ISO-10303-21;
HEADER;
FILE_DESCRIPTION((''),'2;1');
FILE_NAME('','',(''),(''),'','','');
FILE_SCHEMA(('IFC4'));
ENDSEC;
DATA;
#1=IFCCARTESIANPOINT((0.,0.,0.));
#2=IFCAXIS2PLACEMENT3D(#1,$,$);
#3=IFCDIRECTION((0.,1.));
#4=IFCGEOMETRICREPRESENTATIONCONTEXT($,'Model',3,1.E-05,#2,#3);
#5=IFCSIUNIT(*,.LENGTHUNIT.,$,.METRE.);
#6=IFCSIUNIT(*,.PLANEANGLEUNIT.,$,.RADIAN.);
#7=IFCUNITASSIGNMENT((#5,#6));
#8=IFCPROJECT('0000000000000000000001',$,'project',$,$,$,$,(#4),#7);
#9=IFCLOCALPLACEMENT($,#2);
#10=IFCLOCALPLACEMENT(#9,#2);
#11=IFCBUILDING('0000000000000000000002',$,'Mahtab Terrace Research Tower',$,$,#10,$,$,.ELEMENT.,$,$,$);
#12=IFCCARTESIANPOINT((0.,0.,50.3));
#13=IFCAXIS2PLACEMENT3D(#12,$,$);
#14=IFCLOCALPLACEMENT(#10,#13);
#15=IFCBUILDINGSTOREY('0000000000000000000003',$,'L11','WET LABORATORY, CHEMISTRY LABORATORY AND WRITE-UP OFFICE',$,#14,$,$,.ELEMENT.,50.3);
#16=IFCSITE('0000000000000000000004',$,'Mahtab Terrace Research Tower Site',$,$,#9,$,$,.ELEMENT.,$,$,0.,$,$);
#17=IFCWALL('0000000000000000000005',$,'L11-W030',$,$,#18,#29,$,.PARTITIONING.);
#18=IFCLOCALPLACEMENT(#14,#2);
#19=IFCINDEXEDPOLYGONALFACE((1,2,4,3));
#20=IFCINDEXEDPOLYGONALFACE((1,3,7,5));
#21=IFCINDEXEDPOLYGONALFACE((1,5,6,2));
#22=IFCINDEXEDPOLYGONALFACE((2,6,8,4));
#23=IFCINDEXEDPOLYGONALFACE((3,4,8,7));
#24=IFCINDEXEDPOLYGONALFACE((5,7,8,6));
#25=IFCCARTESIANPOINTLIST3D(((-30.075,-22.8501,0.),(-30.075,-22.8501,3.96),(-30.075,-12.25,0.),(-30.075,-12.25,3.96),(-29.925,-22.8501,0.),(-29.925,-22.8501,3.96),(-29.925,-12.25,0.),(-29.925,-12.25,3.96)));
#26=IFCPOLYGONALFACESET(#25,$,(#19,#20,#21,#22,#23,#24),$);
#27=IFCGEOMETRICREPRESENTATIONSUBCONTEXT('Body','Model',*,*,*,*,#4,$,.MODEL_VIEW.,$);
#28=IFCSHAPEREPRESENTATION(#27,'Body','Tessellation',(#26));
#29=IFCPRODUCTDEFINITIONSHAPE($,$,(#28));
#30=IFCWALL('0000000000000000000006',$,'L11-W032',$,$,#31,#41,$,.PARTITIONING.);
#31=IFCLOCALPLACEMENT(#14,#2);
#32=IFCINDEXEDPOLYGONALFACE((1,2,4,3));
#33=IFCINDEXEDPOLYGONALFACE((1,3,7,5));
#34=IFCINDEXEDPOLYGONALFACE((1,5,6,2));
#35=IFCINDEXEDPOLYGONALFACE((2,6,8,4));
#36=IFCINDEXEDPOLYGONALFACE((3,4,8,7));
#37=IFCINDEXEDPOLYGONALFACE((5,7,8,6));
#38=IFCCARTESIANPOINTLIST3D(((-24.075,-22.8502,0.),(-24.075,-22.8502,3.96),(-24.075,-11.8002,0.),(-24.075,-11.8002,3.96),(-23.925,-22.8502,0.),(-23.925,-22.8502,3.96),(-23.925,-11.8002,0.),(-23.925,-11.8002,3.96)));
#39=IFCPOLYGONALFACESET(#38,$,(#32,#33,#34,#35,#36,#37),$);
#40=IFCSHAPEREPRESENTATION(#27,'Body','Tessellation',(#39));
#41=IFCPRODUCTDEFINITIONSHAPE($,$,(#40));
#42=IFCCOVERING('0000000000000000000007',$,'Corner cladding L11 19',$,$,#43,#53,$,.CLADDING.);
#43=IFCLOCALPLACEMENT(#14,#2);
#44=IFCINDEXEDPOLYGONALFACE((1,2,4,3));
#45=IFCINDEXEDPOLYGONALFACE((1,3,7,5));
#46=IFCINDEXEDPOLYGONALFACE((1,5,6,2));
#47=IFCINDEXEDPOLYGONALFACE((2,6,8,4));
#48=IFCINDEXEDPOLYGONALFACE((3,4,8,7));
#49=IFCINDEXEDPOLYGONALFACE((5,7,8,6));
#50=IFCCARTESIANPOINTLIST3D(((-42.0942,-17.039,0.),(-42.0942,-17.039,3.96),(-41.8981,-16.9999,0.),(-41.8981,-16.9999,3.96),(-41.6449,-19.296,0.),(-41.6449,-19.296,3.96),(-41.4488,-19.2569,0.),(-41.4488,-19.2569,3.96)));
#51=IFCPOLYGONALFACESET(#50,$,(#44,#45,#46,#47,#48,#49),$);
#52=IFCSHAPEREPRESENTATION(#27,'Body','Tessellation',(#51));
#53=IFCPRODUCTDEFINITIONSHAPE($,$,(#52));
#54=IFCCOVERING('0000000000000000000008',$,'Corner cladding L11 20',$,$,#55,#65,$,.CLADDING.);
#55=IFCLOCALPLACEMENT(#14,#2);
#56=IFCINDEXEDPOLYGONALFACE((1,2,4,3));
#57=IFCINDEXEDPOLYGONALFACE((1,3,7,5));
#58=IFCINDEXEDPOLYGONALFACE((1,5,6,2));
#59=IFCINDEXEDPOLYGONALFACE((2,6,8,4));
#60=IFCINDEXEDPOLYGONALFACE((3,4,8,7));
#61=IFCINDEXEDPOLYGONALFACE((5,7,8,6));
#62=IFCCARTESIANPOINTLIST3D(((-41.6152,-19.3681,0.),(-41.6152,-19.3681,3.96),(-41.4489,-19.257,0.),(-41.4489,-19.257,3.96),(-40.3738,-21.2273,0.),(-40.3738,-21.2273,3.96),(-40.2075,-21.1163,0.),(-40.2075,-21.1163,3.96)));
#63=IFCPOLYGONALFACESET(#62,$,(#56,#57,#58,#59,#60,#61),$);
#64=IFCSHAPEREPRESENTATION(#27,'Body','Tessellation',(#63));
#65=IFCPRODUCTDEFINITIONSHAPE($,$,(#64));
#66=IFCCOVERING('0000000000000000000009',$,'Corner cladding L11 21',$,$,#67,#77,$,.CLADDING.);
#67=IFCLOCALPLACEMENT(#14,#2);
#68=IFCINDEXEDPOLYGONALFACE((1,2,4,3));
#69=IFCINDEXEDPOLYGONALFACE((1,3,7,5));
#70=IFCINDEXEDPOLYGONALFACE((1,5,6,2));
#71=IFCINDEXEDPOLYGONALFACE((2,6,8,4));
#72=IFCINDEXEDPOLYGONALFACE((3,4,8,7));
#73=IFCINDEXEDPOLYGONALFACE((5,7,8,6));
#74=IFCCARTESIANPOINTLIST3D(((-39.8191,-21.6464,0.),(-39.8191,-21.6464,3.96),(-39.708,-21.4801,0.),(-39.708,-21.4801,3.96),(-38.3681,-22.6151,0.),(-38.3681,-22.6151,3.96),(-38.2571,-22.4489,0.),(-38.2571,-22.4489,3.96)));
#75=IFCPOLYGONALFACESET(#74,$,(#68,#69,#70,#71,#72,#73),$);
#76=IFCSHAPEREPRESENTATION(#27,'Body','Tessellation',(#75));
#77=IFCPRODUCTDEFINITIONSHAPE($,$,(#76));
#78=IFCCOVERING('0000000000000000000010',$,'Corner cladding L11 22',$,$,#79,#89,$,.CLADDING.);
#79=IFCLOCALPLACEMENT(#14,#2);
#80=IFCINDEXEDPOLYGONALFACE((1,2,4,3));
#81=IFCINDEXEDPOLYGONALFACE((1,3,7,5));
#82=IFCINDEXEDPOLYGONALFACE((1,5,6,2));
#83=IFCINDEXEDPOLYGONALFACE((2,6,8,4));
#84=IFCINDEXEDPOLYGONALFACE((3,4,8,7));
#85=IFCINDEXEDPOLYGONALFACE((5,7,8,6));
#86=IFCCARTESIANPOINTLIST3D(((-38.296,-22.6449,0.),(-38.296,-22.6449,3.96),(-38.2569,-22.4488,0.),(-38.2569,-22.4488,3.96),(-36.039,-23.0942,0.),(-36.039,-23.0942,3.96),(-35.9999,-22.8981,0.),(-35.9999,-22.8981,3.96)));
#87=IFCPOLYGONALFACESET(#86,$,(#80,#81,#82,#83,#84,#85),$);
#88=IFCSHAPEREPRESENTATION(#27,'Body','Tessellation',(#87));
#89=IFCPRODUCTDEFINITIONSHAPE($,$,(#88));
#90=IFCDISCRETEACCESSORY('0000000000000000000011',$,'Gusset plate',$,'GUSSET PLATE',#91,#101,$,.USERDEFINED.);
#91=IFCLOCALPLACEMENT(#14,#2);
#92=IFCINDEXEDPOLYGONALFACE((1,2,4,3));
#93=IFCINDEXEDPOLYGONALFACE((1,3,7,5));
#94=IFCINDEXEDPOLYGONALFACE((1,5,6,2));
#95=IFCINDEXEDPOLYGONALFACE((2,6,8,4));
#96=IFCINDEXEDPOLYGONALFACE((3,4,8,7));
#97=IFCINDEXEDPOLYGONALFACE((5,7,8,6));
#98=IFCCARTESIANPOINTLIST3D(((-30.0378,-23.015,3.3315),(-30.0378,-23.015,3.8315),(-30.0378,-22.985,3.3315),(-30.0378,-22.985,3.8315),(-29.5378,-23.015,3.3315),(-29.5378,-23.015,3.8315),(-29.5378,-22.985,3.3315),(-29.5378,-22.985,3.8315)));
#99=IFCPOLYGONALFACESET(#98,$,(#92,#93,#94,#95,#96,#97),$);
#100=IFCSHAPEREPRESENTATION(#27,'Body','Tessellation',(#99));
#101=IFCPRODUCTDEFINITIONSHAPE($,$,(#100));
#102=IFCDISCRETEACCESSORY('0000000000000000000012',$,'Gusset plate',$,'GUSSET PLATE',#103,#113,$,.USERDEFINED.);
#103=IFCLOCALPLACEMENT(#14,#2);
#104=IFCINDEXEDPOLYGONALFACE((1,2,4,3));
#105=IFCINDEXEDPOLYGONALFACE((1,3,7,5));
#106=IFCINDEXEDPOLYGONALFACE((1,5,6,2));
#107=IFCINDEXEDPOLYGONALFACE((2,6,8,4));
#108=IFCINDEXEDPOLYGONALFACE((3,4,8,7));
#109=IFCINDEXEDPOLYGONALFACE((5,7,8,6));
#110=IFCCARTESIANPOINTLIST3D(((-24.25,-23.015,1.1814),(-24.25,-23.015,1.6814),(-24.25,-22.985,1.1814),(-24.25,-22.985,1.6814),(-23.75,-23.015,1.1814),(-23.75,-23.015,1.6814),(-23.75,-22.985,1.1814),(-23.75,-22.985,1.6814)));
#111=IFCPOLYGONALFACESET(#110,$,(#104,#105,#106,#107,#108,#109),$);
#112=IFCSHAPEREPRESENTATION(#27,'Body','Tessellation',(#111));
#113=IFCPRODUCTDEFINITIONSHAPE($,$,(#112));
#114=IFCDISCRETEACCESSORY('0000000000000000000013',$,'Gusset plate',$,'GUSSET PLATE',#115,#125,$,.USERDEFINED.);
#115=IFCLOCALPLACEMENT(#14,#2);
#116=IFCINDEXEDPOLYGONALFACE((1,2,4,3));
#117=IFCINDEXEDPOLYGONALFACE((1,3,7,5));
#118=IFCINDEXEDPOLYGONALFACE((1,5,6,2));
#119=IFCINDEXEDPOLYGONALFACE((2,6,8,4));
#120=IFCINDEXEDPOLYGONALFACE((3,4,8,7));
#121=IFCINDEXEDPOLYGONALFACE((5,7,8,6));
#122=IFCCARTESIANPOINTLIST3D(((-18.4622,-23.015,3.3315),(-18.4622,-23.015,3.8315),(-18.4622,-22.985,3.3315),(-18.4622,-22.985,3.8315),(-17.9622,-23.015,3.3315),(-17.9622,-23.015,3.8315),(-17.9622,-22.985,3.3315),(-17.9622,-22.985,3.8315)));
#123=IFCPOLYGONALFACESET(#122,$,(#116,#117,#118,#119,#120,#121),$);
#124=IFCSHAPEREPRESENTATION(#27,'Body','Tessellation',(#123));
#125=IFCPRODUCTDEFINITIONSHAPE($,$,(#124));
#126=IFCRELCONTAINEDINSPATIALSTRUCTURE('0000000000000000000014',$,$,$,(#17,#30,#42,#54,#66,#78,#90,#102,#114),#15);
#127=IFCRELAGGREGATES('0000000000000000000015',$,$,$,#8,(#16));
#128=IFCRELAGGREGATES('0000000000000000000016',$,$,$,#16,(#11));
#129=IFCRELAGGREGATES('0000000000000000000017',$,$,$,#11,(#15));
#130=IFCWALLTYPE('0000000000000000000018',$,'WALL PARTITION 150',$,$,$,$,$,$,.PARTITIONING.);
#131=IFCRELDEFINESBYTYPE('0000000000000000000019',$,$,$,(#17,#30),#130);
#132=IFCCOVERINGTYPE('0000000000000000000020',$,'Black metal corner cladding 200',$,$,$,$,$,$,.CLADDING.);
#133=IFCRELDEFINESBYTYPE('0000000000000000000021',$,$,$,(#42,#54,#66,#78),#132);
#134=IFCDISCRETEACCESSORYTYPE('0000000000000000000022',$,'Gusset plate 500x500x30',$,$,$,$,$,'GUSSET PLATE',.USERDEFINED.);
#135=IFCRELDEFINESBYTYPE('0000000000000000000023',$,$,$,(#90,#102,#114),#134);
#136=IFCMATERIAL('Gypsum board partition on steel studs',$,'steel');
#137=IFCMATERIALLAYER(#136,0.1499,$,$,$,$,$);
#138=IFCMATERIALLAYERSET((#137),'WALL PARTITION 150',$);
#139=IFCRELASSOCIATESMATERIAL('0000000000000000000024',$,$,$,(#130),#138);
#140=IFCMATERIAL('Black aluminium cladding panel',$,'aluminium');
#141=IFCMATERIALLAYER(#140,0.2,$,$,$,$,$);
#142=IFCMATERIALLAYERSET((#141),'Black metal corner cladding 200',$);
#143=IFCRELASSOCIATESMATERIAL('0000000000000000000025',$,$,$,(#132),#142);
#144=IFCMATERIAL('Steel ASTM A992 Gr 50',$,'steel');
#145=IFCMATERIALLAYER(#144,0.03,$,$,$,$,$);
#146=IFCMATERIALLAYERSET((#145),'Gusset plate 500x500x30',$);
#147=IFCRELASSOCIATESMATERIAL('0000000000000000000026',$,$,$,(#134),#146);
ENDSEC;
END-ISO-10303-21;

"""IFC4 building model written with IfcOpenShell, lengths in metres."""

from ifc_helpers import new_model, si_unit, direction, frame, frame_2d, origin, origin_2d, place, context, subcontext, project, spatial, rectangle, extrude, material, layer, layer_set, type_object, element, save


model = new_model("IFC4")

# Units and contexts
model_context = context("Model", 3, precision=1e-05, world=origin(), true_north=direction((0.0, 1.0)))
body_context = subcontext(model_context, "Body", "Model", "MODEL_VIEW")
ifc_project = project(units=[si_unit("LENGTHUNIT", "METRE"), si_unit("PLANEANGLEUNIT", "RADIAN")], contexts=[model_context])

# Site, building, storey
site_placement = place(None, origin())
site = spatial("IfcSite", under=ifc_project, at=site_placement, Name="Mahtab Terrace Research Tower Site", CompositionType="ELEMENT", RefElevation=0.0)
building_placement = place(site_placement, origin())
building = spatial("IfcBuilding", under=site, at=building_placement, Name="Mahtab Terrace Research Tower", CompositionType="ELEMENT")
storey_placement = place(building_placement, frame((0.0, 0.0, 50.3)))
storey = spatial("IfcBuildingStorey", under=building, at=storey_placement, Name="L11", Description="WET LABORATORY, CHEMISTRY LABORATORY AND WRITE-UP OFFICE", CompositionType="ELEMENT", Elevation=50.3)

# Shared definitions
ifc_material_1 = material(Name="Steel ASTM A992 Gr 50", Category="steel")

# Shared definitions
ifc_material_2 = material(Name="Black aluminium cladding panel", Category="aluminium")

# Walls
ifc_material_3 = material(Name="Gypsum board partition on steel studs", Category="steel")
ifc_layer_1 = layer(ifc_material_3, 0.1499)
ifc_layer_set_1 = layer_set([ifc_layer_1], Name="WALL PARTITION 150")
wall_type_1 = type_object("IfcWallType", Name="WALL PARTITION 150", PredefinedType="PARTITIONING", material=ifc_layer_set_1)
wall_1_placement = place(storey_placement, frame((-30.0, -22.8501, 0.0), z_axis=(0.0, 0.0, 1.0), x_axis=(0.0, 1.0, 0.0)))
element("IfcWall", 1, at=wall_1_placement, inside=storey, type_object=wall_type_1, Name="L11-W030", PredefinedType="PARTITIONING", context=body_context, shape_type="SweptSolid", body=[
    extrude(rectangle(XDim=10.6001, YDim=0.1499, at=frame_2d((5.3, 0.0))), origin(), (0.0, 0.0, 1.0), 3.96),
])
wall_2_placement = place(storey_placement, frame((-24.0, -22.8501, 0.0), z_axis=(0.0, 0.0, 1.0), x_axis=(0.0, 1.0, 0.0)))
element("IfcWall", 2, at=wall_2_placement, inside=storey, type_object=wall_type_1, Name="L11-W032", PredefinedType="PARTITIONING", context=body_context, shape_type="SweptSolid", body=[
    extrude(rectangle(XDim=11.05, YDim=0.1499, at=frame_2d((5.5249, 0.0))), origin(), (0.0, 0.0, 1.0), 3.96),
])

# Coverings
ifc_layer_2 = layer(ifc_material_2, 0.2)
ifc_layer_set_2 = layer_set([ifc_layer_2], Name="Black metal corner cladding 200")
covering_type = type_object("IfcCoveringType", Name="Black metal corner cladding 200", PredefinedType="CLADDING", material=ifc_layer_set_2)
covering_1_placement = place(storey_placement, frame((-41.7715, -18.1479, 0.0), z_axis=(0.0, 0.0, 1.0), x_axis=(0.195212, -0.980761, 0.0)))
element("IfcCovering", 3, at=covering_1_placement, inside=storey, type_object=covering_type, Name="Corner cladding L11 19", PredefinedType="CLADDING", context=body_context, shape_type="SweptSolid", body=[
    extrude(rectangle(XDim=2.3013, YDim=0.2, at=origin_2d()), origin(), (0.0, 0.0, 1.0), 3.96),
])
covering_2_placement = place(storey_placement, frame((-40.9114, -20.2422, 0.0), z_axis=(0.0, 0.0, 1.0), x_axis=(0.555291, -0.831656, 0.0)))
element("IfcCovering", 4, at=covering_2_placement, inside=storey, type_object=covering_type, Name="Corner cladding L11 20", PredefinedType="CLADDING", context=body_context, shape_type="SweptSolid", body=[
    extrude(rectangle(XDim=2.2356, YDim=0.2, at=origin_2d()), origin(), (0.0, 0.0, 1.0), 3.96),
])
covering_3_placement = place(storey_placement, frame((-39.0381, -22.0476, 0.0), z_axis=(0.0, 0.0, 1.0), x_axis=(0.831656, -0.555291, 0.0)))
element("IfcCovering", 5, at=covering_3_placement, inside=storey, type_object=covering_type, Name="Corner cladding L11 21", PredefinedType="CLADDING", context=body_context, shape_type="SweptSolid", body=[
    extrude(rectangle(XDim=1.7446, YDim=0.2, at=origin_2d()), origin(), (0.0, 0.0, 1.0), 3.96),
])
covering_4_placement = place(storey_placement, frame((-37.1479, -22.7715, 0.0), z_axis=(0.0, 0.0, 1.0), x_axis=(0.980761, -0.195212, 0.0)))
element("IfcCovering", 6, at=covering_4_placement, inside=storey, type_object=covering_type, Name="Corner cladding L11 22", PredefinedType="CLADDING", context=body_context, shape_type="SweptSolid", body=[
    extrude(rectangle(XDim=2.3013, YDim=0.2, at=origin_2d()), origin(), (0.0, 0.0, 1.0), 3.96),
])

# Discrete accessories
ifc_layer_3 = layer(ifc_material_1, 0.03)
ifc_layer_set_3 = layer_set([ifc_layer_3], Name="Gusset plate 500x500x30")
discrete_accessory_type = type_object("IfcDiscreteAccessoryType", Name="Gusset plate 500x500x30", ElementType="GUSSET PLATE", PredefinedType="USERDEFINED", material=ifc_layer_set_3)
for number, where, z_axis, x_axis, name in (
    (7, (-29.7878, -23.0, 3.3315), (0.0, 0.0, 1.0), (1.0, 0.0, 0.0), "Gusset plate"),
    (8, (-24.0, -23.0, 1.1814), (0.0, 0.0, 1.0), (1.0, 0.0, 0.0), "Gusset plate"),
    (9, (-18.2122, -23.0, 3.3315), (0.0, 0.0, 1.0), (1.0, 0.0, 0.0), "Gusset plate"),
):
    element("IfcDiscreteAccessory", number, at=place(storey_placement, frame(where, z_axis=z_axis, x_axis=x_axis)), inside=storey, type_object=discrete_accessory_type, Name=name, ObjectType="GUSSET PLATE", PredefinedType="USERDEFINED", context=body_context, shape_type="SweptSolid", body=[
        extrude(rectangle(XDim=0.5, YDim=0.03, at=origin_2d()), origin(), (0.0, 0.0, 1.0), 0.5),
    ])

save(model, "model.ifc")
